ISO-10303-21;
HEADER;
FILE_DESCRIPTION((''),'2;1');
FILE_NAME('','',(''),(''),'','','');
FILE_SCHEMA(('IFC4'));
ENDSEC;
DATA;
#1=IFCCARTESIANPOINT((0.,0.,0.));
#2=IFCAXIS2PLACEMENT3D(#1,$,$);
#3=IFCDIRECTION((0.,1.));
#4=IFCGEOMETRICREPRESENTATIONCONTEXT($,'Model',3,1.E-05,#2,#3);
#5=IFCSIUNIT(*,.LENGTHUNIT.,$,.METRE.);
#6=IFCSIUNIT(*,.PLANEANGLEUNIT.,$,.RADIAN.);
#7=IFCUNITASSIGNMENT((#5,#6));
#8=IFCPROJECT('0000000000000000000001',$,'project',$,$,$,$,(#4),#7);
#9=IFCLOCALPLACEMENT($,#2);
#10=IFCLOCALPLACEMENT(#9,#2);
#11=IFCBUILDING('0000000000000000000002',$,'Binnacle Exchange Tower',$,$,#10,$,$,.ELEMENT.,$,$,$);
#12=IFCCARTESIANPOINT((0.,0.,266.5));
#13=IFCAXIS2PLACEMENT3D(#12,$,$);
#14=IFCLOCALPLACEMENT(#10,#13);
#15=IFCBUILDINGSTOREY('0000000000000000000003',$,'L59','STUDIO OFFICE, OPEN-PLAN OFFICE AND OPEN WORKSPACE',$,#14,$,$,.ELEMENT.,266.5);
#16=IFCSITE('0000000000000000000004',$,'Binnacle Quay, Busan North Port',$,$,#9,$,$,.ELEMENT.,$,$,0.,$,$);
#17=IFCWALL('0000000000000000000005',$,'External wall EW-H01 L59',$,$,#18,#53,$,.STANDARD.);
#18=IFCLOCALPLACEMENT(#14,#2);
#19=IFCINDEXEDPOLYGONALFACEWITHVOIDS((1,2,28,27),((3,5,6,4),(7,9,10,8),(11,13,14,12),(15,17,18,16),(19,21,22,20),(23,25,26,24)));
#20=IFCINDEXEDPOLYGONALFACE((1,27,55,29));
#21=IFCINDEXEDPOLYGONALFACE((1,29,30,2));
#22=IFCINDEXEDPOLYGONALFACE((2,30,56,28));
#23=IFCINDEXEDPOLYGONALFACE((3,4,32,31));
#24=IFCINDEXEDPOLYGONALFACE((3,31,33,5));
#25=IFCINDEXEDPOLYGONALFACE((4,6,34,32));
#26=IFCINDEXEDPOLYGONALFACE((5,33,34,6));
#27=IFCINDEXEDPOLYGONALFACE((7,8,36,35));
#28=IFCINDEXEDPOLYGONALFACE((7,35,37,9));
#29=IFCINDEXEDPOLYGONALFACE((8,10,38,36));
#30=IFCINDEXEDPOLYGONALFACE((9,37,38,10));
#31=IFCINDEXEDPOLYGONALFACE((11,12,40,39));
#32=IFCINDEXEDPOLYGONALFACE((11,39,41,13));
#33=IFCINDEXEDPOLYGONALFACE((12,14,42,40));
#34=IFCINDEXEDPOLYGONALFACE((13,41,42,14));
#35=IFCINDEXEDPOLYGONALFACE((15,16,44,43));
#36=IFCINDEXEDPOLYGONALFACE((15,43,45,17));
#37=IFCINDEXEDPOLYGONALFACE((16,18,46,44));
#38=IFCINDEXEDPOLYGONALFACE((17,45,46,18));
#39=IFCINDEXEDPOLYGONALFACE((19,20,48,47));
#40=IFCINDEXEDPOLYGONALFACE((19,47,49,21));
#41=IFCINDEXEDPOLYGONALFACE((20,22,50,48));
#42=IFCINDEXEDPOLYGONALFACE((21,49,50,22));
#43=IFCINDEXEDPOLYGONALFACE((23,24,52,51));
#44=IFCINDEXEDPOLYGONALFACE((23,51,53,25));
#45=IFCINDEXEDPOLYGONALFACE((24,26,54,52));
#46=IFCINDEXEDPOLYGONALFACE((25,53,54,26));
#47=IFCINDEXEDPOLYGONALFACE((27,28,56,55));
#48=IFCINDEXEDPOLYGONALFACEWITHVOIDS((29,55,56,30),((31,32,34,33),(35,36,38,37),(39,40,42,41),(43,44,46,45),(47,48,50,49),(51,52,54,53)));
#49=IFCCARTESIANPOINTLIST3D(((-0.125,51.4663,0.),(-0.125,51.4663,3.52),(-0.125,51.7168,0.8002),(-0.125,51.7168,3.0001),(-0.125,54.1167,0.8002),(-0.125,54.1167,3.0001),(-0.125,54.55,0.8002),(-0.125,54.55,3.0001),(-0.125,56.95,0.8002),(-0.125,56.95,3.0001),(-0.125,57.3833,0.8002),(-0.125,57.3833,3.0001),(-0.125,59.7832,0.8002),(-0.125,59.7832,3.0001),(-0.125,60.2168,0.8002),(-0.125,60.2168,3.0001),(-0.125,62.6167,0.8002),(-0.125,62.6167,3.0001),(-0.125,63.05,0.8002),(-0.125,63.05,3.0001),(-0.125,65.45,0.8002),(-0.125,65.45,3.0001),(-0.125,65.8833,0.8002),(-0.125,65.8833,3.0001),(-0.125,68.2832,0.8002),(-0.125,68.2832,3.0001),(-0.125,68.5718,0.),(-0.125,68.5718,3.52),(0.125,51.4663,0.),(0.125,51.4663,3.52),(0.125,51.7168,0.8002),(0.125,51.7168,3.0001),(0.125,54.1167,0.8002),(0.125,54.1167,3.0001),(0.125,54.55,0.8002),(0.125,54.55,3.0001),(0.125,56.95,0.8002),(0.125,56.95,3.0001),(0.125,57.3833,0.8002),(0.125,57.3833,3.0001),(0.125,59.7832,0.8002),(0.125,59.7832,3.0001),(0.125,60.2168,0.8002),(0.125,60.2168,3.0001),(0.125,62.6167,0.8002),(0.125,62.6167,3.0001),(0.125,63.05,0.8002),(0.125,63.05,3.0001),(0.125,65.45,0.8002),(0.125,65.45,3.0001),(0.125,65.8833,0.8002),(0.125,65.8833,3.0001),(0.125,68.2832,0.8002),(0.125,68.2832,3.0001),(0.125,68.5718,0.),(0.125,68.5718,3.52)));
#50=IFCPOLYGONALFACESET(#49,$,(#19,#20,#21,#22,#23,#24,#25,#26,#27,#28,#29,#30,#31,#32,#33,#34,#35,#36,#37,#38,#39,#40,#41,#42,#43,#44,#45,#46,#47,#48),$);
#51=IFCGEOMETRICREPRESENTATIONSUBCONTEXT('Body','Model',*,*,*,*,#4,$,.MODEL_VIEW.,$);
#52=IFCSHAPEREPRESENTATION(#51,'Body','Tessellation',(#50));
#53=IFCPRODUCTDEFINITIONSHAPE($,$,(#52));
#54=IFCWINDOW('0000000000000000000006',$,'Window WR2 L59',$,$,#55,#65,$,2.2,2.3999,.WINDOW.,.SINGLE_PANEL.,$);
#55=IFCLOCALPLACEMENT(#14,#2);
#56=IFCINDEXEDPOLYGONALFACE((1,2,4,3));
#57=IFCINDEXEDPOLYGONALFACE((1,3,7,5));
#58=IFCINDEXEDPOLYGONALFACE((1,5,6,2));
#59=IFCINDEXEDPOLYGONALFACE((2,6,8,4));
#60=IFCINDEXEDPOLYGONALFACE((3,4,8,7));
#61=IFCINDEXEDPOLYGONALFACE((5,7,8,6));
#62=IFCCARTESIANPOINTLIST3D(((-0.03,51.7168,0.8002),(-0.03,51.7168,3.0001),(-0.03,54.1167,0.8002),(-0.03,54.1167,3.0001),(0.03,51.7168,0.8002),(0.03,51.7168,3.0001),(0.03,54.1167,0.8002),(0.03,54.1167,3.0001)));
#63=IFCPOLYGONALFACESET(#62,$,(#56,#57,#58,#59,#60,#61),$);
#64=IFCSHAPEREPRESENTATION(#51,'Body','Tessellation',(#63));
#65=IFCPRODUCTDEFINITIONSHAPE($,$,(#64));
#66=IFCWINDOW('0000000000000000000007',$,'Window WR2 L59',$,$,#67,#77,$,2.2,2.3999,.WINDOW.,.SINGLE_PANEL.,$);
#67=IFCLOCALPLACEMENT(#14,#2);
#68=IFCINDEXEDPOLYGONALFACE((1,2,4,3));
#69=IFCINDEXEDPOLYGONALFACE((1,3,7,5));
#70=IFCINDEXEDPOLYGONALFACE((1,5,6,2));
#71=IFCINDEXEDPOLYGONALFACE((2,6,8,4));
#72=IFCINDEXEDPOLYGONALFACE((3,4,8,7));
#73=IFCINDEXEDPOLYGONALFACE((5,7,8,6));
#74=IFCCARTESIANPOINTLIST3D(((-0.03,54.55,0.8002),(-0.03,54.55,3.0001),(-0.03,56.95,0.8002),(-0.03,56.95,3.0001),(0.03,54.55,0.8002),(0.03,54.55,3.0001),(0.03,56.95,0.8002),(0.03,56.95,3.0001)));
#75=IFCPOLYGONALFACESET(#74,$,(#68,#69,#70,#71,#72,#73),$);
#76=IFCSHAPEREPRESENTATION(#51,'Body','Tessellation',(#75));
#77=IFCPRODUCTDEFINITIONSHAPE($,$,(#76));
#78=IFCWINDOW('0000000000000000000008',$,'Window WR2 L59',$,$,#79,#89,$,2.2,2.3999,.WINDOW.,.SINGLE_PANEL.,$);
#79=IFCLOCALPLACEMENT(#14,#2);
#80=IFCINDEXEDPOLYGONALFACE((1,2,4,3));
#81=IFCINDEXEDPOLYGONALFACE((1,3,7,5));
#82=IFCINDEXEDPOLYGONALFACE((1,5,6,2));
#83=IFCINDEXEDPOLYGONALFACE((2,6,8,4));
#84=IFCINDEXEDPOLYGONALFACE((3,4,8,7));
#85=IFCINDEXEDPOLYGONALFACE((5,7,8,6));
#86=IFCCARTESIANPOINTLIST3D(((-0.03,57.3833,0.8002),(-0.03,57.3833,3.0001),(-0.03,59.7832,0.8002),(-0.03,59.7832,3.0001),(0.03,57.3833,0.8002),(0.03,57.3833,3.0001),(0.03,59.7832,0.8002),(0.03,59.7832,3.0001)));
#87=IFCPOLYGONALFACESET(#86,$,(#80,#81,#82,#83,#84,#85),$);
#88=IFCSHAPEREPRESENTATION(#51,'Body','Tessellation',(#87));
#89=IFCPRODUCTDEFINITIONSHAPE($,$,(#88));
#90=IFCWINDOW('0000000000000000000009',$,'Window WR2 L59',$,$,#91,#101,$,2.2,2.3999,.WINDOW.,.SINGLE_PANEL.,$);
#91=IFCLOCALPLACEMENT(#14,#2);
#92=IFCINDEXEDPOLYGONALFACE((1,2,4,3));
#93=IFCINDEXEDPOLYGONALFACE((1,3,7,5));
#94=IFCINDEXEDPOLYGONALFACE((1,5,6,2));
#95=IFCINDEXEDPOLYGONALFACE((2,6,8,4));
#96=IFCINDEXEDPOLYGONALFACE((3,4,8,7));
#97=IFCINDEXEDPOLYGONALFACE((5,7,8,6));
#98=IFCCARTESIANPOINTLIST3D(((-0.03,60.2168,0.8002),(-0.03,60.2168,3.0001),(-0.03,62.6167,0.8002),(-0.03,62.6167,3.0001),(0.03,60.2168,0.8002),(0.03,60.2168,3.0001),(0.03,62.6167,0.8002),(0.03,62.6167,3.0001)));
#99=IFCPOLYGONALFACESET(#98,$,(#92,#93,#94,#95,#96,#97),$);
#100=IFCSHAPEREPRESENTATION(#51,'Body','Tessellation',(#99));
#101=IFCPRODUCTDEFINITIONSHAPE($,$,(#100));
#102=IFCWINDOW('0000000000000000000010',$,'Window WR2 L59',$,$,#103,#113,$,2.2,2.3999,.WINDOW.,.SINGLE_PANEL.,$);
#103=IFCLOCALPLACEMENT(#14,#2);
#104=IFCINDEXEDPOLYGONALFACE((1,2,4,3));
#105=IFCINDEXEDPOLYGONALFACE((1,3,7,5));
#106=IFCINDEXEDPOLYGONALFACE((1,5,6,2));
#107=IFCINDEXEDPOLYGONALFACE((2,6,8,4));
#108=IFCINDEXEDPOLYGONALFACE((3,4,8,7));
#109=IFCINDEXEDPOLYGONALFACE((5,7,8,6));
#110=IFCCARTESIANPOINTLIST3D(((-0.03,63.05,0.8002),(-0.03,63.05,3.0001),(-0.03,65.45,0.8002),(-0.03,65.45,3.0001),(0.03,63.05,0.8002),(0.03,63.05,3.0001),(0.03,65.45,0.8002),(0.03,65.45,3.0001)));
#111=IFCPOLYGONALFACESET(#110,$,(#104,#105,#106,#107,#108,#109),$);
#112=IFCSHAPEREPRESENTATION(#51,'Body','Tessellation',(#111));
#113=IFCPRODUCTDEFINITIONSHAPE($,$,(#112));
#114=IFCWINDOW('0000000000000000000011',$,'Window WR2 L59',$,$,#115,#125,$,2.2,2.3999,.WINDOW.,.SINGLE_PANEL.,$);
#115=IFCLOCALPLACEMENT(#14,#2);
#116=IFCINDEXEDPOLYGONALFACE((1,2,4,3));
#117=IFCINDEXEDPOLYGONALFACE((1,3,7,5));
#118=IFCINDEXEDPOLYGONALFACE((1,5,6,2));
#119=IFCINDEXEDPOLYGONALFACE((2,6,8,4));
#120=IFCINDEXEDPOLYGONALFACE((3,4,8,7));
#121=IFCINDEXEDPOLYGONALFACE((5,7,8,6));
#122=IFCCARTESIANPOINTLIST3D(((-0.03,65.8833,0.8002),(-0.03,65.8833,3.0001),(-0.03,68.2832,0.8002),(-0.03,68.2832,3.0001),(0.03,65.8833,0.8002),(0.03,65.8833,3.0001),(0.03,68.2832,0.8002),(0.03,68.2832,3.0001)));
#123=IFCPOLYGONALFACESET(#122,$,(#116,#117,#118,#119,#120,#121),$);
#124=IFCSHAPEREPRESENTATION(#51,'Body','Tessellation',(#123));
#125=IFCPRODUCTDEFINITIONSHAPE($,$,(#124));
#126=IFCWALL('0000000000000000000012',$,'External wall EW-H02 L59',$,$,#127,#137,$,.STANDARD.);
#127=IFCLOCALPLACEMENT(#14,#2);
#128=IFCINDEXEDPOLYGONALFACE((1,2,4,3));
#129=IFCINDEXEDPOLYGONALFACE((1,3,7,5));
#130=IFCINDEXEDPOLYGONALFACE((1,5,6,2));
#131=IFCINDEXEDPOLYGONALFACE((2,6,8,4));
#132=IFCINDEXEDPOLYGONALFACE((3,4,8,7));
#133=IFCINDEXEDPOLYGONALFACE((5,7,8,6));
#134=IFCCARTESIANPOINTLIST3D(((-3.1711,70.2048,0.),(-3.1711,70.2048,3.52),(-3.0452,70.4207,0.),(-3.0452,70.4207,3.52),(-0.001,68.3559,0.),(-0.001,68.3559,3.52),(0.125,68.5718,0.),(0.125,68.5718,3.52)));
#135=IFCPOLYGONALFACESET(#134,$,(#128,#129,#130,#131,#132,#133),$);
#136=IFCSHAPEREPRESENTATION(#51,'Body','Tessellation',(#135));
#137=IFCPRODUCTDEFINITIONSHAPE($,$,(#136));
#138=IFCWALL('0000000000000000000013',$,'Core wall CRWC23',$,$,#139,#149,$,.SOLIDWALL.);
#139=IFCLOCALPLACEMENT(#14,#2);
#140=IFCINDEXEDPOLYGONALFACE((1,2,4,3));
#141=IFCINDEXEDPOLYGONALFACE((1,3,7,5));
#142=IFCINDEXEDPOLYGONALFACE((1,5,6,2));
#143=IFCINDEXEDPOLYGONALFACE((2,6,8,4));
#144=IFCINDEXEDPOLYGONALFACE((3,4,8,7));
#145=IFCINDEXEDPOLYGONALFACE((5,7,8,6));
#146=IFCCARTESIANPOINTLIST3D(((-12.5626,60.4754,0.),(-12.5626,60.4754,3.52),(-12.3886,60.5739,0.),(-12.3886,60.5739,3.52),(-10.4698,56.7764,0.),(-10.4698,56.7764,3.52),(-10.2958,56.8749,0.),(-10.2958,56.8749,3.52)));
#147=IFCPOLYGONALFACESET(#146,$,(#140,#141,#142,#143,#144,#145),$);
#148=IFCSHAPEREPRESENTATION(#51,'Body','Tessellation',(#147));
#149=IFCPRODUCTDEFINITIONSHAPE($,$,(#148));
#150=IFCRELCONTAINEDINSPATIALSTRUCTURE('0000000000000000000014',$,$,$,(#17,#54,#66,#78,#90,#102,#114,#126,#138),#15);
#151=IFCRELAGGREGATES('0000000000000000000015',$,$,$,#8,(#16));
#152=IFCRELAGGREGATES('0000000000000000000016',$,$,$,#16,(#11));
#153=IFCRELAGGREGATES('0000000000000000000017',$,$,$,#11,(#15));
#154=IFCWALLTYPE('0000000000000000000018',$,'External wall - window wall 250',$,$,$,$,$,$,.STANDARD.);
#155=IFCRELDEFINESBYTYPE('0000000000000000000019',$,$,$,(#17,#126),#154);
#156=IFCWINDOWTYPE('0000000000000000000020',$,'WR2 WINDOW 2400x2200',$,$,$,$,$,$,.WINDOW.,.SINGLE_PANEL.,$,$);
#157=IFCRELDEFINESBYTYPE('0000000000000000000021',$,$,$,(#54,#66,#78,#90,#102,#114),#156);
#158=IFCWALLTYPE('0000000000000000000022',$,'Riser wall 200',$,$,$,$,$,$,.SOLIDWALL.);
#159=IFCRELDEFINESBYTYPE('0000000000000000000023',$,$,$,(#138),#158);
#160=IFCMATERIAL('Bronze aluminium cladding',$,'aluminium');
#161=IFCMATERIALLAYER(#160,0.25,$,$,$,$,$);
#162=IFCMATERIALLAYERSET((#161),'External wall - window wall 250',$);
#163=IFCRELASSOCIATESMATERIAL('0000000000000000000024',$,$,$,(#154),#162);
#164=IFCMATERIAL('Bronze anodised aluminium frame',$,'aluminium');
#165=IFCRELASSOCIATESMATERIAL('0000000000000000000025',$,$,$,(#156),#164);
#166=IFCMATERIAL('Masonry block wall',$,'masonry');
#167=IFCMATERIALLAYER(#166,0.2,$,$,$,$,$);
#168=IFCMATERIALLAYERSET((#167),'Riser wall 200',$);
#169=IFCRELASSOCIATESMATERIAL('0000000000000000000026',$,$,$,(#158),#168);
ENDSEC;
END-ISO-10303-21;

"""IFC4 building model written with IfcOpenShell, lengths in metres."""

from ifc_helpers import new_model, si_unit, direction, frame, frame_2d, origin, place, context, subcontext, project, spatial, rectangle, extrude, material, layer, layer_set, type_object, element, fill, save


model = new_model("IFC4")

# Units and contexts
model_context = context("Model", 3, precision=1e-05, world=origin(), true_north=direction((0.0, 1.0)))
body_context = subcontext(model_context, "Body", "Model", "MODEL_VIEW")
ifc_project = project(units=[si_unit("LENGTHUNIT", "METRE"), si_unit("PLANEANGLEUNIT", "RADIAN")], contexts=[model_context])

# Site, building, storey
site_placement = place(None, origin())
site = spatial("IfcSite", under=ifc_project, at=site_placement, Name="Binnacle Quay, Busan North Port", CompositionType="ELEMENT", RefElevation=0.0)
building_placement = place(site_placement, origin())
building = spatial("IfcBuilding", under=site, at=building_placement, Name="Binnacle Exchange Tower", CompositionType="ELEMENT")
storey_placement = place(building_placement, frame((0.0, 0.0, 266.5)))
storey = spatial("IfcBuildingStorey", under=building, at=storey_placement, Name="L59", Description="STUDIO OFFICE, OPEN-PLAN OFFICE AND OPEN WORKSPACE", CompositionType="ELEMENT", Elevation=266.5)

# Wall, openings, windows
ifc_material_1 = material(Name="Bronze aluminium cladding", Category="aluminium")
ifc_layer_1 = layer(ifc_material_1, 0.25)
ifc_layer_set_1 = layer_set([ifc_layer_1], Name="External wall - window wall 250")
wall_type_1 = type_object("IfcWallType", Name="External wall - window wall 250", PredefinedType="STANDARD", material=ifc_layer_set_1)
wall_1_placement = place(storey_placement, frame((0.0, 68.5718, 0.0), z_axis=(0.0, 0.0, 1.0), x_axis=(0.0, -1.0, 0.0)))
wall_1 = element("IfcWall", 1, at=wall_1_placement, inside=storey, type_object=wall_type_1, Name="External wall EW-H01 L59", PredefinedType="STANDARD", context=body_context, shape_type="SweptSolid", body=[
    extrude(rectangle(XDim=17.1055, YDim=0.25, at=frame_2d((8.5527, 0.0))), origin(), (0.0, 0.0, 1.0), 3.52),
])
opening_1_placement = place(wall_1_placement, frame((14.4551, 0.0, 0.8)))
opening_1 = element("IfcOpeningElement", 2, at=opening_1_placement, cuts=wall_1, PredefinedType="OPENING", context=body_context, shape_type="SweptSolid", body=[
    extrude(rectangle(XDim=2.3999, YDim=2.2, at=frame_2d((1.2, 1.1001))), frame((0.0, 0.135, 0.0), z_axis=(0.0, -1.0, 0.0), x_axis=(1.0, 0.0, 0.0)), (0.0, 0.0, 1.0), 0.27),
])
opening_2_placement = place(wall_1_placement, frame((11.6218, 0.0, 0.8)))
opening_2 = element("IfcOpeningElement", 3, at=opening_2_placement, cuts=wall_1, PredefinedType="OPENING", context=body_context, shape_type="SweptSolid", body=[
    extrude(rectangle(XDim=2.3999, YDim=2.2, at=frame_2d((1.2, 1.1001))), frame((0.0, 0.135, 0.0), z_axis=(0.0, -1.0, 0.0), x_axis=(1.0, 0.0, 0.0)), (0.0, 0.0, 1.0), 0.27),
])
opening_3_placement = place(wall_1_placement, frame((8.7886, 0.0, 0.8)))
opening_3 = element("IfcOpeningElement", 4, at=opening_3_placement, cuts=wall_1, PredefinedType="OPENING", context=body_context, shape_type="SweptSolid", body=[
    extrude(rectangle(XDim=2.3999, YDim=2.2, at=frame_2d((1.2, 1.1001))), frame((0.0, 0.135, 0.0), z_axis=(0.0, -1.0, 0.0), x_axis=(1.0, 0.0, 0.0)), (0.0, 0.0, 1.0), 0.27),
])
opening_4_placement = place(wall_1_placement, frame((5.9551, 0.0, 0.8)))
opening_4 = element("IfcOpeningElement", 5, at=opening_4_placement, cuts=wall_1, PredefinedType="OPENING", context=body_context, shape_type="SweptSolid", body=[
    extrude(rectangle(XDim=2.3999, YDim=2.2, at=frame_2d((1.2, 1.1001))), frame((0.0, 0.135, 0.0), z_axis=(0.0, -1.0, 0.0), x_axis=(1.0, 0.0, 0.0)), (0.0, 0.0, 1.0), 0.27),
])
opening_5_placement = place(wall_1_placement, frame((3.1218, 0.0, 0.8)))
opening_5 = element("IfcOpeningElement", 6, at=opening_5_placement, cuts=wall_1, PredefinedType="OPENING", context=body_context, shape_type="SweptSolid", body=[
    extrude(rectangle(XDim=2.3999, YDim=2.2, at=frame_2d((1.2, 1.1001))), frame((0.0, 0.135, 0.0), z_axis=(0.0, -1.0, 0.0), x_axis=(1.0, 0.0, 0.0)), (0.0, 0.0, 1.0), 0.27),
])
opening_6_placement = place(wall_1_placement, frame((0.2886, 0.0, 0.8)))
opening_6 = element("IfcOpeningElement", 7, at=opening_6_placement, cuts=wall_1, PredefinedType="OPENING", context=body_context, shape_type="SweptSolid", body=[
    extrude(rectangle(XDim=2.3999, YDim=2.2, at=frame_2d((1.2, 1.1001))), frame((0.0, 0.135, 0.0), z_axis=(0.0, -1.0, 0.0), x_axis=(1.0, 0.0, 0.0)), (0.0, 0.0, 1.0), 0.27),
])
ifc_material_2 = material(Name="Bronze anodised aluminium frame", Category="aluminium")
window_type = type_object("IfcWindowType", Name="WR2 WINDOW 2400x2200", PartitioningType="SINGLE_PANEL", PredefinedType="WINDOW", material=ifc_material_2)
window_1_placement = place(opening_1_placement, origin())
window_1 = element("IfcWindow", 8, at=window_1_placement, inside=storey, type_object=window_type, Name="Window WR2 L59", OverallHeight=2.2, OverallWidth=2.3999, PartitioningType="SINGLE_PANEL", PredefinedType="WINDOW", context=body_context, shape_type="SweptSolid", body=[
    extrude(rectangle(XDim=2.3999, YDim=2.2, at=frame_2d((1.2, 1.1001))), frame((0.0, 0.03, 0.0), z_axis=(0.0, -1.0, 0.0), x_axis=(1.0, 0.0, 0.0)), (0.0, 0.0, 1.0), 0.0601),
])
fill(opening_1, window_1)
window_2_placement = place(opening_2_placement, origin())
window_2 = element("IfcWindow", 9, at=window_2_placement, inside=storey, type_object=window_type, Name="Window WR2 L59", OverallHeight=2.2, OverallWidth=2.3999, PartitioningType="SINGLE_PANEL", PredefinedType="WINDOW", context=body_context, shape_type="SweptSolid", body=[
    extrude(rectangle(XDim=2.3999, YDim=2.2, at=frame_2d((1.2, 1.1001))), frame((0.0, 0.03, 0.0), z_axis=(0.0, -1.0, 0.0), x_axis=(1.0, 0.0, 0.0)), (0.0, 0.0, 1.0), 0.0601),
])
fill(opening_2, window_2)
window_3_placement = place(opening_3_placement, origin())
window_3 = element("IfcWindow", 10, at=window_3_placement, inside=storey, type_object=window_type, Name="Window WR2 L59", OverallHeight=2.2, OverallWidth=2.3999, PartitioningType="SINGLE_PANEL", PredefinedType="WINDOW", context=body_context, shape_type="SweptSolid", body=[
    extrude(rectangle(XDim=2.3999, YDim=2.2, at=frame_2d((1.2, 1.1001))), frame((0.0, 0.03, 0.0), z_axis=(0.0, -1.0, 0.0), x_axis=(1.0, 0.0, 0.0)), (0.0, 0.0, 1.0), 0.0601),
])
fill(opening_3, window_3)
window_4_placement = place(opening_4_placement, origin())
window_4 = element("IfcWindow", 11, at=window_4_placement, inside=storey, type_object=window_type, Name="Window WR2 L59", OverallHeight=2.2, OverallWidth=2.3999, PartitioningType="SINGLE_PANEL", PredefinedType="WINDOW", context=body_context, shape_type="SweptSolid", body=[
    extrude(rectangle(XDim=2.3999, YDim=2.2, at=frame_2d((1.2, 1.1001))), frame((0.0, 0.03, 0.0), z_axis=(0.0, -1.0, 0.0), x_axis=(1.0, 0.0, 0.0)), (0.0, 0.0, 1.0), 0.0601),
])
fill(opening_4, window_4)
window_5_placement = place(opening_5_placement, origin())
window_5 = element("IfcWindow", 12, at=window_5_placement, inside=storey, type_object=window_type, Name="Window WR2 L59", OverallHeight=2.2, OverallWidth=2.3999, PartitioningType="SINGLE_PANEL", PredefinedType="WINDOW", context=body_context, shape_type="SweptSolid", body=[
    extrude(rectangle(XDim=2.3999, YDim=2.2, at=frame_2d((1.2, 1.1001))), frame((0.0, 0.03, 0.0), z_axis=(0.0, -1.0, 0.0), x_axis=(1.0, 0.0, 0.0)), (0.0, 0.0, 1.0), 0.0601),
])
fill(opening_5, window_5)
window_6_placement = place(opening_6_placement, origin())
window_6 = element("IfcWindow", 13, at=window_6_placement, inside=storey, type_object=window_type, Name="Window WR2 L59", OverallHeight=2.2, OverallWidth=2.3999, PartitioningType="SINGLE_PANEL", PredefinedType="WINDOW", context=body_context, shape_type="SweptSolid", body=[
    extrude(rectangle(XDim=2.3999, YDim=2.2, at=frame_2d((1.2, 1.1001))), frame((0.0, 0.03, 0.0), z_axis=(0.0, -1.0, 0.0), x_axis=(1.0, 0.0, 0.0)), (0.0, 0.0, 1.0), 0.0601),
])
fill(opening_6, window_6)

# Walls
wall_2_placement = place(storey_placement, frame((-3.1082, 70.3127, 0.0), z_axis=(0.0, 0.0, 1.0), x_axis=(0.863825, -0.503792, 0.0)))
element("IfcWall", 14, at=wall_2_placement, inside=storey, type_object=wall_type_1, Name="External wall EW-H02 L59", PredefinedType="STANDARD", context=body_context, shape_type="SweptSolid", body=[
    extrude(rectangle(XDim=3.6699, YDim=0.25, at=frame_2d((1.835, 0.0))), origin(), (0.0, 0.0, 1.0), 3.52),
])
ifc_material_3 = material(Name="Masonry block wall", Category="masonry")
ifc_layer_2 = layer(ifc_material_3, 0.2)
ifc_layer_set_2 = layer_set([ifc_layer_2], Name="Riser wall 200")
wall_type_2 = type_object("IfcWallType", Name="Riser wall 200", PredefinedType="SOLIDWALL", material=ifc_layer_set_2)
wall_3_placement = place(storey_placement, frame((-12.4756, 60.5247, 0.0), z_axis=(0.0, 0.0, 1.0), x_axis=(0.492423, -0.870356, 0.0)))
element("IfcWall", 15, at=wall_3_placement, inside=storey, type_object=wall_type_2, Name="Core wall CRWC23", PredefinedType="SOLIDWALL", context=body_context, shape_type="SweptSolid", body=[
    extrude(rectangle(XDim=4.25, YDim=0.2, at=frame_2d((2.125, 0.0))), origin(), (0.0, 0.0, 1.0), 3.52),
])

save(model, "model.ifc")
